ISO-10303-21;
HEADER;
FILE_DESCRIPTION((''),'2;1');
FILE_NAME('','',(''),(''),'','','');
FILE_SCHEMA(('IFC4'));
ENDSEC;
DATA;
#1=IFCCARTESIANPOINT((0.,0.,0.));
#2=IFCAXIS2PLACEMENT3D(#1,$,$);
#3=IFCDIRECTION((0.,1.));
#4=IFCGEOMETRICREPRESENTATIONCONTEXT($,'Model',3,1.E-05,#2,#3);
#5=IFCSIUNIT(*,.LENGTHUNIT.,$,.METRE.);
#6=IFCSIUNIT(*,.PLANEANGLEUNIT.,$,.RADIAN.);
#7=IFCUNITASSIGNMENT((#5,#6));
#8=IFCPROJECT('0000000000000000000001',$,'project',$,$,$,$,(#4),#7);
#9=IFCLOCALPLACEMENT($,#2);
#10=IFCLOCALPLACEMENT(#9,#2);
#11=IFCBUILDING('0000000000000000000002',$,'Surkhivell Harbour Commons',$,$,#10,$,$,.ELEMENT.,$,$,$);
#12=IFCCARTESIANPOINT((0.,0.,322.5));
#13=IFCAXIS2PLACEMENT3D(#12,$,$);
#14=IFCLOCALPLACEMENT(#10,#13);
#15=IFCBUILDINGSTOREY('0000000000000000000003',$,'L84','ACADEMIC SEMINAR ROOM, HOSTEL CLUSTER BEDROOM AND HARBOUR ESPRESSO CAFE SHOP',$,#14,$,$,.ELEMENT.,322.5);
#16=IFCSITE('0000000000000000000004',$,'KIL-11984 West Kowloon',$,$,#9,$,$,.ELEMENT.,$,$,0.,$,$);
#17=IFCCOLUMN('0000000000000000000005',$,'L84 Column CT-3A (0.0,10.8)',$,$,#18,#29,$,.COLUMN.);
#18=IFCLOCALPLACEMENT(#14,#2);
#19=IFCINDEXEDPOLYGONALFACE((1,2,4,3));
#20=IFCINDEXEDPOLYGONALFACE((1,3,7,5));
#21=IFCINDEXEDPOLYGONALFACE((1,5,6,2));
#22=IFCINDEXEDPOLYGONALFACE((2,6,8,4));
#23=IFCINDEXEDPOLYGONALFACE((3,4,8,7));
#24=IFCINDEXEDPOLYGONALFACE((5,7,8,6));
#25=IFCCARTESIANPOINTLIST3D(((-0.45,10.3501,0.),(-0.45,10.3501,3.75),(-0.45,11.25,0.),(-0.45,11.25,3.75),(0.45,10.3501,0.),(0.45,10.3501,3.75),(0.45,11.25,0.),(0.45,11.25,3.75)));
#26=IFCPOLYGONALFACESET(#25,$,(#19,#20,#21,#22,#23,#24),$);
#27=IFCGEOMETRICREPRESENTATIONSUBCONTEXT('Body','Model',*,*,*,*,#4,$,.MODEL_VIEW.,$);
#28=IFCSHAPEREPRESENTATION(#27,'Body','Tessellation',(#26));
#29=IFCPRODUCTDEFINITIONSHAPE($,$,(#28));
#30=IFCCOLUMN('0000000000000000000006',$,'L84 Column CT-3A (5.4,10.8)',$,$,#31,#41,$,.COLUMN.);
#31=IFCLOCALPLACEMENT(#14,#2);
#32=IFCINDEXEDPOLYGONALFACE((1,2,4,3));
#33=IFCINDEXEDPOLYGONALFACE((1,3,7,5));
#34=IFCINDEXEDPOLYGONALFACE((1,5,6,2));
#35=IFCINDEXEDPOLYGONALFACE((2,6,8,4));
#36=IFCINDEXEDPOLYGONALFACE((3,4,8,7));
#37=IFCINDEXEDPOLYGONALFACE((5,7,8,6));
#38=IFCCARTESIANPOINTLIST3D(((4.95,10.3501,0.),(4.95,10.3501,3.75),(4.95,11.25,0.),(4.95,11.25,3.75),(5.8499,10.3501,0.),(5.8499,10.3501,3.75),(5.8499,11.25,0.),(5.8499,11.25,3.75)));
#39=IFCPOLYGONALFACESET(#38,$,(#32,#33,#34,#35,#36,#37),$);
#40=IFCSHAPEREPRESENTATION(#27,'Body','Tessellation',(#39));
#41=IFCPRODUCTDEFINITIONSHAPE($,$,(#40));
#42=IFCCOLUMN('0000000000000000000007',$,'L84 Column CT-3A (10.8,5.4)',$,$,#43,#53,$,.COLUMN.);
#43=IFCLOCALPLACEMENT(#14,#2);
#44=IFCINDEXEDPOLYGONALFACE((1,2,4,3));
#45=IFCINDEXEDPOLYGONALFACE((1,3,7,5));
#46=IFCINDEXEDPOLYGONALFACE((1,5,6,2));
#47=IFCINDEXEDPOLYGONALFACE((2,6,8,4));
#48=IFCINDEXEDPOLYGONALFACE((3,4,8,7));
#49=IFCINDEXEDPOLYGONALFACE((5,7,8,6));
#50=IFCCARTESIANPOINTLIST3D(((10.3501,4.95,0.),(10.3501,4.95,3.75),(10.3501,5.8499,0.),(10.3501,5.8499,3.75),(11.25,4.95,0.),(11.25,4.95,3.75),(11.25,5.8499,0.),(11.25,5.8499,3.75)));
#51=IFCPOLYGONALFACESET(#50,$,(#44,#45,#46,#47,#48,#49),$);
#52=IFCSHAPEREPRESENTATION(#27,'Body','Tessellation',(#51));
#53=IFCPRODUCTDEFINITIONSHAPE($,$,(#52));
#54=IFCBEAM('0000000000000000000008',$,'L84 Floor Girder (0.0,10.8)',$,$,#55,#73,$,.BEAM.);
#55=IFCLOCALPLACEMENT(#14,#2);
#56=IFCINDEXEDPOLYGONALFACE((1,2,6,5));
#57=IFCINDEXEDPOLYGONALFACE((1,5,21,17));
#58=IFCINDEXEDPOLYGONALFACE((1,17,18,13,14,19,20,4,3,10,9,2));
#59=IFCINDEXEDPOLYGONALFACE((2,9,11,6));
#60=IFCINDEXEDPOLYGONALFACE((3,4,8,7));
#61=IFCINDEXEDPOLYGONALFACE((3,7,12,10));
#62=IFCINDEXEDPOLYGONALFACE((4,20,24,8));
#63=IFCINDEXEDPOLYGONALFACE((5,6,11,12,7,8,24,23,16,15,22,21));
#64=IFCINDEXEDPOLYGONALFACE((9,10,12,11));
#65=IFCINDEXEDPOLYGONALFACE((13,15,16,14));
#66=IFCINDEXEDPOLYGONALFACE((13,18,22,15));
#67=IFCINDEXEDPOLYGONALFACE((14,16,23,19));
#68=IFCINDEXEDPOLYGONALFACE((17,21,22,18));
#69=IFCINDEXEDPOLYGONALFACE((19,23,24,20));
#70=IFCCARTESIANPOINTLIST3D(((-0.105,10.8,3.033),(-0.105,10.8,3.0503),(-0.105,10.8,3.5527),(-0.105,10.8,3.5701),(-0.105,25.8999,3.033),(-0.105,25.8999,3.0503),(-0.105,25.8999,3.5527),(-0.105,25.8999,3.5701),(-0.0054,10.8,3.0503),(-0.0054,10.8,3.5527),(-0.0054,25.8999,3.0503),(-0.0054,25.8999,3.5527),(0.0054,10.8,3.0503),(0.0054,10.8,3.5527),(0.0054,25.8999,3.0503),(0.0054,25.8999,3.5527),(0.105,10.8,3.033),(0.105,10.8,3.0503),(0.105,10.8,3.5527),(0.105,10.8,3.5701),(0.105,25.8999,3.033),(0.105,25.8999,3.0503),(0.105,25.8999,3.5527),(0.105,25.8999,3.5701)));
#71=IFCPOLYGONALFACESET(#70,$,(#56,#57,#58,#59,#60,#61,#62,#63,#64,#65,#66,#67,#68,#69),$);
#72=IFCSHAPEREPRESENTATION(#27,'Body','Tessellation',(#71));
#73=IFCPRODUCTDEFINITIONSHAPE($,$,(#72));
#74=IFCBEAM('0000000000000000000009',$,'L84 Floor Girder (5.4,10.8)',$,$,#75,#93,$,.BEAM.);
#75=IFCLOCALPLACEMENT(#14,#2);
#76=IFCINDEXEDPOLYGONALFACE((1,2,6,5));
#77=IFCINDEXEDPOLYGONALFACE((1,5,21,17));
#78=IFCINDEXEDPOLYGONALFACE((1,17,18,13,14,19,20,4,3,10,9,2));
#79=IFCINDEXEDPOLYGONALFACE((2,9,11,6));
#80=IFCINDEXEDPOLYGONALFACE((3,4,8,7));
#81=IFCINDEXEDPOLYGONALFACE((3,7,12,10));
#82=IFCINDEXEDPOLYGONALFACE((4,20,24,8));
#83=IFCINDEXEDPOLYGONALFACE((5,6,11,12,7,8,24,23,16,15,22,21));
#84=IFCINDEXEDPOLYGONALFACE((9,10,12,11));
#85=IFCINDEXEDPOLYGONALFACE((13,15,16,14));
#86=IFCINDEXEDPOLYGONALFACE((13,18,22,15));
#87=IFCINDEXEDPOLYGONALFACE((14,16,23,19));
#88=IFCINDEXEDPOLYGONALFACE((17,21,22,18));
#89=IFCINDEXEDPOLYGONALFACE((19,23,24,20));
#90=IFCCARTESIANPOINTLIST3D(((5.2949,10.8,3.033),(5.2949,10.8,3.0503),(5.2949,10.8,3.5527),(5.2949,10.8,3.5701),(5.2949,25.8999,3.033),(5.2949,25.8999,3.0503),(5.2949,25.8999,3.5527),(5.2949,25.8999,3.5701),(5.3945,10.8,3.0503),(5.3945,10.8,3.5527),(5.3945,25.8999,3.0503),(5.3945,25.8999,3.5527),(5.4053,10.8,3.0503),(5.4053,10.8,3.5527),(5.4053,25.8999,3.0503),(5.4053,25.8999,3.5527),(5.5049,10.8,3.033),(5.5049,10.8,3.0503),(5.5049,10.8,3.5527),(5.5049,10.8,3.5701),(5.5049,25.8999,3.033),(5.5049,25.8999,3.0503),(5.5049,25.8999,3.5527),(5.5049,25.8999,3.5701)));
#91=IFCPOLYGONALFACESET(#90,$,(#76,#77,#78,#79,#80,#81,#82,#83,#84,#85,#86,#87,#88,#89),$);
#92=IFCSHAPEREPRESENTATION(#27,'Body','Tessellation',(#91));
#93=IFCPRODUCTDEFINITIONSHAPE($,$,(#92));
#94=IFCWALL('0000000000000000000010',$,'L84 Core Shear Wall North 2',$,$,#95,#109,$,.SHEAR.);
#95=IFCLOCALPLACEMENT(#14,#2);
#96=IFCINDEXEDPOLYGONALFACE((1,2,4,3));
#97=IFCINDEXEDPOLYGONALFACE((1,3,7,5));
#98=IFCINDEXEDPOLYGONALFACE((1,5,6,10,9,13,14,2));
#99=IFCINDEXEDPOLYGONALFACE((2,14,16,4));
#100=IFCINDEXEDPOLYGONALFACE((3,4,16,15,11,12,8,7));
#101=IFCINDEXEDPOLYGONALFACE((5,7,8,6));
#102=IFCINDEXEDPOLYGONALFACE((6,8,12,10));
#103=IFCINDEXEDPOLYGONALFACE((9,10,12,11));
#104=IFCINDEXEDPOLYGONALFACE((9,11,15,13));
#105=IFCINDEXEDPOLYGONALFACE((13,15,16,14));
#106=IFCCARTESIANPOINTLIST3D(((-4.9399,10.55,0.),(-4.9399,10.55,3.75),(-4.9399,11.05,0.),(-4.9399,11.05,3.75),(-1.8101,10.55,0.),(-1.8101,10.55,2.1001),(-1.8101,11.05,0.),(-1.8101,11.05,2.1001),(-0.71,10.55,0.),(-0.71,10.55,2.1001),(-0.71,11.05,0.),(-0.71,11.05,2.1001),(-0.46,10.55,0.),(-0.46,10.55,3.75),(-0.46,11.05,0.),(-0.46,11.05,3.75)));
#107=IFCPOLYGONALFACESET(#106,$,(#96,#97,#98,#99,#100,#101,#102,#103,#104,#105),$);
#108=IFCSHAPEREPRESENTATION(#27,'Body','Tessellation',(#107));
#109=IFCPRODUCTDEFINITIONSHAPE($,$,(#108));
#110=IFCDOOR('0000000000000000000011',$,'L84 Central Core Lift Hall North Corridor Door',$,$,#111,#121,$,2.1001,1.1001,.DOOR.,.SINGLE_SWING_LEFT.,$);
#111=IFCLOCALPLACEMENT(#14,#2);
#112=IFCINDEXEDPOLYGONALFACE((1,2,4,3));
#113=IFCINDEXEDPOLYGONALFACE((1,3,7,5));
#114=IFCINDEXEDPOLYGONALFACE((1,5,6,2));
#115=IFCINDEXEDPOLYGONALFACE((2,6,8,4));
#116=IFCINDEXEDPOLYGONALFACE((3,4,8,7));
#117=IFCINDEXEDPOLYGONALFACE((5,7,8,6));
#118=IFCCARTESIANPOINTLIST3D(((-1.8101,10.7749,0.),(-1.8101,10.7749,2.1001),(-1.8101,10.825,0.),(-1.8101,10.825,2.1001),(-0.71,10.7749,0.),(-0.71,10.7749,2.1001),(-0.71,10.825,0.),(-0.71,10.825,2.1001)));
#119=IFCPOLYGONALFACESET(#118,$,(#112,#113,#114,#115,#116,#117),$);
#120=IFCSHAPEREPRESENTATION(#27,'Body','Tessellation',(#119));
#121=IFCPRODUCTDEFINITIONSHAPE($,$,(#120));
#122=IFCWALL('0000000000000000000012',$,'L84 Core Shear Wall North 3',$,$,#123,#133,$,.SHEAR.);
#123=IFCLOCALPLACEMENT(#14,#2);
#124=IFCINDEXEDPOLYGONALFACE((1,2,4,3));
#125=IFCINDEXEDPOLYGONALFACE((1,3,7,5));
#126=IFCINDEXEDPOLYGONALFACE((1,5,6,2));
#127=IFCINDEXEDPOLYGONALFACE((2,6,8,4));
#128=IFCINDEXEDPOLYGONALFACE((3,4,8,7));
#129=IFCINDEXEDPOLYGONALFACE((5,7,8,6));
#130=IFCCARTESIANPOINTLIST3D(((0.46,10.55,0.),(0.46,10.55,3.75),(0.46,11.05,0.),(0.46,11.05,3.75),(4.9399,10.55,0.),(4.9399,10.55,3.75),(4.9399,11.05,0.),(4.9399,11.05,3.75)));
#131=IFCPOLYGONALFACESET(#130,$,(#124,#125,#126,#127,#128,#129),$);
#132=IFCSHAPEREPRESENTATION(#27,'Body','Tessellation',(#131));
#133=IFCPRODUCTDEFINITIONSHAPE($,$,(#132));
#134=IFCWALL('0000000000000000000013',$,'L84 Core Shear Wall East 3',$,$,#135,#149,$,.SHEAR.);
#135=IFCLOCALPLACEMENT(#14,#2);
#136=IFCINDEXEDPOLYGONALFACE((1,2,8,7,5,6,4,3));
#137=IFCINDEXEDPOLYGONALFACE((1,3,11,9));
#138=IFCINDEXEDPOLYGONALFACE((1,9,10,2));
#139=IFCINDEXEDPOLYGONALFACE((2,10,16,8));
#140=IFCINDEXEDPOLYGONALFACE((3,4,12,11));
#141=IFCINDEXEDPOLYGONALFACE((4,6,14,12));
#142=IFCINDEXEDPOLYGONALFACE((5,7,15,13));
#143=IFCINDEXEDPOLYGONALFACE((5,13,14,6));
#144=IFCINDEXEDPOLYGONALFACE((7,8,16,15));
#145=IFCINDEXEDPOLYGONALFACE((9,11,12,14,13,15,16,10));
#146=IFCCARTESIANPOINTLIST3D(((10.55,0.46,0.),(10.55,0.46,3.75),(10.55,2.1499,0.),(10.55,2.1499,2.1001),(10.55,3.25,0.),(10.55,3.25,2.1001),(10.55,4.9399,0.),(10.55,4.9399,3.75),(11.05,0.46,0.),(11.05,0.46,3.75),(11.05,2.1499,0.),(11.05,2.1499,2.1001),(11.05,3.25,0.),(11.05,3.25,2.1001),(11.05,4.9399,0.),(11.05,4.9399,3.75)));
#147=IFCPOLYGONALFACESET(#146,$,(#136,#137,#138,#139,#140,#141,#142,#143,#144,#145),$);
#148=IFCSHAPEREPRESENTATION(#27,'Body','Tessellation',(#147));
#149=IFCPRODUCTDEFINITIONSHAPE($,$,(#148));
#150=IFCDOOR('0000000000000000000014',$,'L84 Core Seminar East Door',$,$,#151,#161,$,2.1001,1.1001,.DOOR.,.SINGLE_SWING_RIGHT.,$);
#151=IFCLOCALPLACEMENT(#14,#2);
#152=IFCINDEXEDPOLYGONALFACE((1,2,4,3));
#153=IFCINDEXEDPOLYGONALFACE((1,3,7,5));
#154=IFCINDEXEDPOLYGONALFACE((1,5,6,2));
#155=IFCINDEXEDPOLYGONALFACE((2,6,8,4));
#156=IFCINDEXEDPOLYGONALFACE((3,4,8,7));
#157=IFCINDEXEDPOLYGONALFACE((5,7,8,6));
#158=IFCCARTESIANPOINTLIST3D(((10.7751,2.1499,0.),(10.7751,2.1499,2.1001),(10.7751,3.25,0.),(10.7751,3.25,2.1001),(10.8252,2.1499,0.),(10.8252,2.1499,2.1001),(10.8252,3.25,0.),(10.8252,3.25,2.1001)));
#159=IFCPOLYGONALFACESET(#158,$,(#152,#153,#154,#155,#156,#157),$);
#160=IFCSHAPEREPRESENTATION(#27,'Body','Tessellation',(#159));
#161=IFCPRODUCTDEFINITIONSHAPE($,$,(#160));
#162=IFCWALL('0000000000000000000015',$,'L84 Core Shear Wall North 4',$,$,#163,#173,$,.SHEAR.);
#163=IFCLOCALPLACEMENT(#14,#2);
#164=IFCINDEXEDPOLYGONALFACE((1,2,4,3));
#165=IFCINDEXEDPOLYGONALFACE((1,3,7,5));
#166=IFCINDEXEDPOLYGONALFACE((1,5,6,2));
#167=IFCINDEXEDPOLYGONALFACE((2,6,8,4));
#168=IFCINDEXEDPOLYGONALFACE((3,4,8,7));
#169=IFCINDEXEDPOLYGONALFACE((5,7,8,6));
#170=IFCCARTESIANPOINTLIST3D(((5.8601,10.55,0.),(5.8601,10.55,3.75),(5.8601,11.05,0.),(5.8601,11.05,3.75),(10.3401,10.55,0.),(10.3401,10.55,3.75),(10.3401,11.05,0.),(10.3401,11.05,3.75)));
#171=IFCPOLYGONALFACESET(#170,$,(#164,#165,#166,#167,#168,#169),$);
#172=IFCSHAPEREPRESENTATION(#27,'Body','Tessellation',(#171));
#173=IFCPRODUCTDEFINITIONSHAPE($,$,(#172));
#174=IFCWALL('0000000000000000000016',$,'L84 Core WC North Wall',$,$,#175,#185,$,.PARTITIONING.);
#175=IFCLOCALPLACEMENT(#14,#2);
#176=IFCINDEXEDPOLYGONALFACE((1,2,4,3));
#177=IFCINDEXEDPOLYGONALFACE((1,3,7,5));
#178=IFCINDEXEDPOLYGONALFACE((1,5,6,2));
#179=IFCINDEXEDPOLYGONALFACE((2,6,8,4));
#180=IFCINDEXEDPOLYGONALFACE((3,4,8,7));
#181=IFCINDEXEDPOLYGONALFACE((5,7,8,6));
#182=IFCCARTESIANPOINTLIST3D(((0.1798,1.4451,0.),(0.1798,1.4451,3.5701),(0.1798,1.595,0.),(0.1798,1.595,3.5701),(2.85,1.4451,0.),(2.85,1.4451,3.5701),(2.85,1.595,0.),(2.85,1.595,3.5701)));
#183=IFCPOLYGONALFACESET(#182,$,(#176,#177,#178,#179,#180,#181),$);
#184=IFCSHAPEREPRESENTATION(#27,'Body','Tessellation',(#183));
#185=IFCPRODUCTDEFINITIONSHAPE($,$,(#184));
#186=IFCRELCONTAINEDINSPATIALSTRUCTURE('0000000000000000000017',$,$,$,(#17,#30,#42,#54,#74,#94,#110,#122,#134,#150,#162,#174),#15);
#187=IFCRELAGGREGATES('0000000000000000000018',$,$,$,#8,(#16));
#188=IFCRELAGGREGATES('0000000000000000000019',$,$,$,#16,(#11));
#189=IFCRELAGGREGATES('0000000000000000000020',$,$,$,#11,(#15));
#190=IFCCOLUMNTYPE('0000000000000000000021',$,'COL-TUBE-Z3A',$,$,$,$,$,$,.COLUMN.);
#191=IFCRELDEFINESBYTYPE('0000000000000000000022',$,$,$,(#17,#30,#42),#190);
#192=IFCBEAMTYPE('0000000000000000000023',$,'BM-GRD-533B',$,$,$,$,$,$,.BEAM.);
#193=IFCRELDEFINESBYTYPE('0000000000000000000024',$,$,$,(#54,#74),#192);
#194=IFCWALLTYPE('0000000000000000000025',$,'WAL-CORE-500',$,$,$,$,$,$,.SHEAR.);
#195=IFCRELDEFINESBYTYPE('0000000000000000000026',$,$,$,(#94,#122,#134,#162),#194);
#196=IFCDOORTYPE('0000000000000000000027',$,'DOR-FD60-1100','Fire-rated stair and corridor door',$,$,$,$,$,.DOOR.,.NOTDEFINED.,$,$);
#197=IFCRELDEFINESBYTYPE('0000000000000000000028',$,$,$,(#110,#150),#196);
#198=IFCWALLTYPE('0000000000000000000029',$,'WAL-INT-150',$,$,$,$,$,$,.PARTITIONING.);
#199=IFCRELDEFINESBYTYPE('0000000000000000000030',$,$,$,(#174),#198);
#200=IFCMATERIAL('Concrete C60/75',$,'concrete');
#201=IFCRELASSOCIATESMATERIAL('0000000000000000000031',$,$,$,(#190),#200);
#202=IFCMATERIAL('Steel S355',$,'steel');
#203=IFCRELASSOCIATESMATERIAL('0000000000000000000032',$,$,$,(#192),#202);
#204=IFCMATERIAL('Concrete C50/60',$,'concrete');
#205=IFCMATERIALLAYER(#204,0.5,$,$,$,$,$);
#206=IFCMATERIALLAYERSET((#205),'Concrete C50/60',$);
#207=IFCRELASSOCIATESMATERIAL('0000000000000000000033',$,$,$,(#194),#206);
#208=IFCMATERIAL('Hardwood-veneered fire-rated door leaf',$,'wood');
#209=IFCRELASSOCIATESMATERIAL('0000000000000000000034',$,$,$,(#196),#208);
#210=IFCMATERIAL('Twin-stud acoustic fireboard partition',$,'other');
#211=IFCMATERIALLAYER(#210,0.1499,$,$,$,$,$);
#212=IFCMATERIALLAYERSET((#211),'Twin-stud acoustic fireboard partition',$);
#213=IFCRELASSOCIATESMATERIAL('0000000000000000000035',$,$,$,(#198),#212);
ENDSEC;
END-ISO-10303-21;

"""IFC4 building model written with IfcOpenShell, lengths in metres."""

from ifc_helpers import new_model, si_unit, direction, frame, frame_2d, origin, origin_2d, place, context, subcontext, project, spatial, rectangle, i_section, extrude, material, layer, layer_set, material_profile, profile_set, type_object, element, fill, save


model = new_model("IFC4")

# Units and contexts
model_context = context("Model", 3, precision=1e-05, world=origin(), true_north=direction((0.0, 1.0)))
body_context = subcontext(model_context, "Body", "Model", "MODEL_VIEW")
ifc_project = project(units=[si_unit("LENGTHUNIT", "METRE"), si_unit("PLANEANGLEUNIT", "RADIAN")], contexts=[model_context])

# Site, building, storey
site_placement = place(None, origin())
site = spatial("IfcSite", under=ifc_project, at=site_placement, Name="KIL-11984 West Kowloon", CompositionType="ELEMENT", RefElevation=0.0)
building_placement = place(site_placement, origin())
building = spatial("IfcBuilding", under=site, at=building_placement, Name="Surkhivell Harbour Commons", CompositionType="ELEMENT")
storey_placement = place(building_placement, frame((0.0, 0.0, 322.5)))
storey = spatial("IfcBuildingStorey", under=building, at=storey_placement, Name="L84", Description="ACADEMIC SEMINAR ROOM, HOSTEL CLUSTER BEDROOM AND HARBOUR ESPRESSO CAFE SHOP", CompositionType="ELEMENT", Elevation=322.5)

# Columns
ifc_material_1 = material(Name="Concrete C60/75", Category="concrete")
ifc_material_profile_1 = material_profile(ifc_material_1, rectangle(XDim=0.8999, YDim=0.8999, at=origin_2d()), Name="RC-COL-900x900")
ifc_profile_set_1 = profile_set([ifc_material_profile_1], Name="Concrete C60/75")
column_type = type_object("IfcColumnType", Name="COL-TUBE-Z3A", PredefinedType="COLUMN", material=ifc_profile_set_1)
for number, where, z_axis, x_axis, name in (
    (1, (0.0, 10.8, 0.0), (0.0, 0.0, 1.0), (1.0, 0.0, 0.0), "L84 Column CT-3A (0.0,10.8)"),
    (2, (5.3999, 10.8, 0.0), (0.0, 0.0, 1.0), (1.0, 0.0, 0.0), "L84 Column CT-3A (5.4,10.8)"),
    (3, (10.8, 5.3999, 0.0), (0.0, 0.0, 1.0), (1.0, 0.0, 0.0), "L84 Column CT-3A (10.8,5.4)"),
):
    element("IfcColumn", number, at=place(storey_placement, frame(where, z_axis=z_axis, x_axis=x_axis)), inside=storey, type_object=column_type, Name=name, PredefinedType="COLUMN", context=body_context, shape_type="SweptSolid", body=[
        extrude(rectangle(XDim=0.8999, YDim=0.8999, at=origin_2d()), origin(), (0.0, 0.0, 1.0), 3.75),
    ])

# Beams
ifc_material_2 = material(Name="Steel S355", Category="steel")
ifc_material_profile_2 = material_profile(ifc_material_2, i_section(OverallWidth=0.21, OverallDepth=0.5371, WebThickness=0.0107, FlangeThickness=0.0173, at=origin_2d()), Name="UB533x210x101")
ifc_profile_set_2 = profile_set([ifc_material_profile_2], Name="Steel S355")
beam_type = type_object("IfcBeamType", Name="BM-GRD-533B", PredefinedType="BEAM", material=ifc_profile_set_2)
for number, where, z_axis, x_axis, name in (
    (4, (0.0, 10.8, 3.3015), (0.0, 1.0, 0.0), (-1.0, 0.0, 0.0), "L84 Floor Girder (0.0,10.8)"),
    (5, (5.3999, 10.8, 3.3015), (0.0, 1.0, 0.0), (-1.0, 0.0, 0.0), "L84 Floor Girder (5.4,10.8)"),
):
    element("IfcBeam", number, at=place(storey_placement, frame(where, z_axis=z_axis, x_axis=x_axis)), inside=storey, type_object=beam_type, Name=name, PredefinedType="BEAM", context=body_context, shape_type="SweptSolid", body=[
        extrude(i_section(OverallWidth=0.21, OverallDepth=0.5371, WebThickness=0.0107, FlangeThickness=0.0173, at=origin_2d()), origin(), (0.0, 0.0, 1.0), 15.0999),
    ])

# Wall, opening, door
ifc_material_3 = material(Name="Concrete C50/60", Category="concrete")
ifc_layer_1 = layer(ifc_material_3, 0.5)
ifc_layer_set_1 = layer_set([ifc_layer_1], Name="Concrete C50/60")
wall_type_1 = type_object("IfcWallType", Name="WAL-CORE-500", PredefinedType="SHEAR", material=ifc_layer_set_1)
wall_1_placement = place(storey_placement, frame((-4.9399, 10.8, 0.0), z_axis=(0.0, 0.0, 1.0), x_axis=(1.0, 0.0, 0.0)))
wall_1 = element("IfcWall", 6, at=wall_1_placement, inside=storey, type_object=wall_type_1, Name="L84 Core Shear Wall North 2", PredefinedType="SHEAR", context=body_context, shape_type="SweptSolid", body=[
    extrude(rectangle(XDim=4.48, YDim=0.5, at=frame_2d((2.24, 0.0))), origin(), (0.0, 0.0, 1.0), 3.75),
])
opening_1_placement = place(wall_1_placement, frame((3.1299, 0.0, 0.0)))
opening_1 = element("IfcOpeningElement", 7, at=opening_1_placement, cuts=wall_1, PredefinedType="OPENING", context=body_context, shape_type="SweptSolid", body=[
    extrude(rectangle(XDim=1.1001, YDim=2.1001, at=frame_2d((0.55, 1.05))), frame((0.0, 0.26, 0.0), z_axis=(0.0, -1.0, 0.0), x_axis=(1.0, 0.0, 0.0)), (0.0, 0.0, 1.0), 0.52),
])
ifc_material_4 = material(Name="Hardwood-veneered fire-rated door leaf", Category="wood")
door_type_1 = type_object("IfcDoorType", Name="DOR-FD60-1100", Description="Fire-rated stair and corridor door", OperationType="NOTDEFINED", PredefinedType="DOOR", material=ifc_material_4)
door_1_placement = place(opening_1_placement, origin())
door_1 = element("IfcDoor", 8, at=door_1_placement, inside=storey, type_object=door_type_1, Name="L84 Central Core Lift Hall North Corridor Door", OperationType="SINGLE_SWING_LEFT", OverallHeight=2.1001, OverallWidth=1.1001, PredefinedType="DOOR", context=body_context, shape_type="SweptSolid", body=[
    extrude(rectangle(XDim=1.1001, YDim=2.1001, at=frame_2d((0.55, 1.05))), frame((0.0, 0.0249, 0.0), z_axis=(0.0, -1.0, 0.0), x_axis=(1.0, 0.0, 0.0)), (0.0, 0.0, 1.0), 0.05),
])
fill(opening_1, door_1)

# Wall
wall_2_placement = place(storey_placement, frame((0.46, 10.8, 0.0), z_axis=(0.0, 0.0, 1.0), x_axis=(1.0, 0.0, 0.0)))
element("IfcWall", 9, at=wall_2_placement, inside=storey, type_object=wall_type_1, Name="L84 Core Shear Wall North 3", PredefinedType="SHEAR", context=body_context, shape_type="SweptSolid", body=[
    extrude(rectangle(XDim=4.48, YDim=0.5, at=frame_2d((2.24, 0.0))), origin(), (0.0, 0.0, 1.0), 3.75),
])

# Wall, opening, door
wall_3_placement = place(storey_placement, frame((10.8, 0.46, 0.0), z_axis=(0.0, 0.0, 1.0), x_axis=(0.0, 1.0, 0.0)))
wall_3 = element("IfcWall", 10, at=wall_3_placement, inside=storey, type_object=wall_type_1, Name="L84 Core Shear Wall East 3", PredefinedType="SHEAR", context=body_context, shape_type="SweptSolid", body=[
    extrude(rectangle(XDim=4.48, YDim=0.5, at=frame_2d((2.24, 0.0))), origin(), (0.0, 0.0, 1.0), 3.75),
])
opening_2_placement = place(wall_3_placement, frame((1.6899, 0.0, 0.0)))
opening_2 = element("IfcOpeningElement", 11, at=opening_2_placement, cuts=wall_3, PredefinedType="OPENING", context=body_context, shape_type="SweptSolid", body=[
    extrude(rectangle(XDim=1.1001, YDim=2.1001, at=frame_2d((0.55, 1.05))), frame((0.0, 0.26, 0.0), z_axis=(0.0, -1.0, 0.0), x_axis=(1.0, 0.0, 0.0)), (0.0, 0.0, 1.0), 0.52),
])
door_2_placement = place(opening_2_placement, origin())
door_2 = element("IfcDoor", 12, at=door_2_placement, inside=storey, type_object=door_type_1, Name="L84 Core Seminar East Door", OperationType="SINGLE_SWING_RIGHT", OverallHeight=2.1001, OverallWidth=1.1001, PredefinedType="DOOR", context=body_context, shape_type="SweptSolid", body=[
    extrude(rectangle(XDim=1.1001, YDim=2.1001, at=frame_2d((0.55, 1.05))), frame((0.0, 0.0249, 0.0), z_axis=(0.0, -1.0, 0.0), x_axis=(1.0, 0.0, 0.0)), (0.0, 0.0, 1.0), 0.05),
])
fill(opening_2, door_2)

# Walls
wall_4_placement = place(storey_placement, frame((5.8601, 10.8, 0.0), z_axis=(0.0, 0.0, 1.0), x_axis=(1.0, 0.0, 0.0)))
element("IfcWall", 13, at=wall_4_placement, inside=storey, type_object=wall_type_1, Name="L84 Core Shear Wall North 4", PredefinedType="SHEAR", context=body_context, shape_type="SweptSolid", body=[
    extrude(rectangle(XDim=4.48, YDim=0.5, at=frame_2d((2.24, 0.0))), origin(), (0.0, 0.0, 1.0), 3.75),
])
ifc_material_5 = material(Name="Twin-stud acoustic fireboard partition", Category="other")
ifc_layer_2 = layer(ifc_material_5, 0.1499)
ifc_layer_set_2 = layer_set([ifc_layer_2], Name="Twin-stud acoustic fireboard partition")
wall_type_2 = type_object("IfcWallType", Name="WAL-INT-150", PredefinedType="PARTITIONING", material=ifc_layer_set_2)
wall_5_placement = place(storey_placement, frame((0.1799, 1.52, 0.0), z_axis=(0.0, 0.0, 1.0), x_axis=(1.0, 0.0, 0.0)))
element("IfcWall", 14, at=wall_5_placement, inside=storey, type_object=wall_type_2, Name="L84 Core WC North Wall", PredefinedType="PARTITIONING", context=body_context, shape_type="SweptSolid", body=[
    extrude(rectangle(XDim=2.6702, YDim=0.1499, at=frame_2d((1.335, 0.0))), origin(), (0.0, 0.0, 1.0), 3.5701),
])

save(model, "model.ifc")
